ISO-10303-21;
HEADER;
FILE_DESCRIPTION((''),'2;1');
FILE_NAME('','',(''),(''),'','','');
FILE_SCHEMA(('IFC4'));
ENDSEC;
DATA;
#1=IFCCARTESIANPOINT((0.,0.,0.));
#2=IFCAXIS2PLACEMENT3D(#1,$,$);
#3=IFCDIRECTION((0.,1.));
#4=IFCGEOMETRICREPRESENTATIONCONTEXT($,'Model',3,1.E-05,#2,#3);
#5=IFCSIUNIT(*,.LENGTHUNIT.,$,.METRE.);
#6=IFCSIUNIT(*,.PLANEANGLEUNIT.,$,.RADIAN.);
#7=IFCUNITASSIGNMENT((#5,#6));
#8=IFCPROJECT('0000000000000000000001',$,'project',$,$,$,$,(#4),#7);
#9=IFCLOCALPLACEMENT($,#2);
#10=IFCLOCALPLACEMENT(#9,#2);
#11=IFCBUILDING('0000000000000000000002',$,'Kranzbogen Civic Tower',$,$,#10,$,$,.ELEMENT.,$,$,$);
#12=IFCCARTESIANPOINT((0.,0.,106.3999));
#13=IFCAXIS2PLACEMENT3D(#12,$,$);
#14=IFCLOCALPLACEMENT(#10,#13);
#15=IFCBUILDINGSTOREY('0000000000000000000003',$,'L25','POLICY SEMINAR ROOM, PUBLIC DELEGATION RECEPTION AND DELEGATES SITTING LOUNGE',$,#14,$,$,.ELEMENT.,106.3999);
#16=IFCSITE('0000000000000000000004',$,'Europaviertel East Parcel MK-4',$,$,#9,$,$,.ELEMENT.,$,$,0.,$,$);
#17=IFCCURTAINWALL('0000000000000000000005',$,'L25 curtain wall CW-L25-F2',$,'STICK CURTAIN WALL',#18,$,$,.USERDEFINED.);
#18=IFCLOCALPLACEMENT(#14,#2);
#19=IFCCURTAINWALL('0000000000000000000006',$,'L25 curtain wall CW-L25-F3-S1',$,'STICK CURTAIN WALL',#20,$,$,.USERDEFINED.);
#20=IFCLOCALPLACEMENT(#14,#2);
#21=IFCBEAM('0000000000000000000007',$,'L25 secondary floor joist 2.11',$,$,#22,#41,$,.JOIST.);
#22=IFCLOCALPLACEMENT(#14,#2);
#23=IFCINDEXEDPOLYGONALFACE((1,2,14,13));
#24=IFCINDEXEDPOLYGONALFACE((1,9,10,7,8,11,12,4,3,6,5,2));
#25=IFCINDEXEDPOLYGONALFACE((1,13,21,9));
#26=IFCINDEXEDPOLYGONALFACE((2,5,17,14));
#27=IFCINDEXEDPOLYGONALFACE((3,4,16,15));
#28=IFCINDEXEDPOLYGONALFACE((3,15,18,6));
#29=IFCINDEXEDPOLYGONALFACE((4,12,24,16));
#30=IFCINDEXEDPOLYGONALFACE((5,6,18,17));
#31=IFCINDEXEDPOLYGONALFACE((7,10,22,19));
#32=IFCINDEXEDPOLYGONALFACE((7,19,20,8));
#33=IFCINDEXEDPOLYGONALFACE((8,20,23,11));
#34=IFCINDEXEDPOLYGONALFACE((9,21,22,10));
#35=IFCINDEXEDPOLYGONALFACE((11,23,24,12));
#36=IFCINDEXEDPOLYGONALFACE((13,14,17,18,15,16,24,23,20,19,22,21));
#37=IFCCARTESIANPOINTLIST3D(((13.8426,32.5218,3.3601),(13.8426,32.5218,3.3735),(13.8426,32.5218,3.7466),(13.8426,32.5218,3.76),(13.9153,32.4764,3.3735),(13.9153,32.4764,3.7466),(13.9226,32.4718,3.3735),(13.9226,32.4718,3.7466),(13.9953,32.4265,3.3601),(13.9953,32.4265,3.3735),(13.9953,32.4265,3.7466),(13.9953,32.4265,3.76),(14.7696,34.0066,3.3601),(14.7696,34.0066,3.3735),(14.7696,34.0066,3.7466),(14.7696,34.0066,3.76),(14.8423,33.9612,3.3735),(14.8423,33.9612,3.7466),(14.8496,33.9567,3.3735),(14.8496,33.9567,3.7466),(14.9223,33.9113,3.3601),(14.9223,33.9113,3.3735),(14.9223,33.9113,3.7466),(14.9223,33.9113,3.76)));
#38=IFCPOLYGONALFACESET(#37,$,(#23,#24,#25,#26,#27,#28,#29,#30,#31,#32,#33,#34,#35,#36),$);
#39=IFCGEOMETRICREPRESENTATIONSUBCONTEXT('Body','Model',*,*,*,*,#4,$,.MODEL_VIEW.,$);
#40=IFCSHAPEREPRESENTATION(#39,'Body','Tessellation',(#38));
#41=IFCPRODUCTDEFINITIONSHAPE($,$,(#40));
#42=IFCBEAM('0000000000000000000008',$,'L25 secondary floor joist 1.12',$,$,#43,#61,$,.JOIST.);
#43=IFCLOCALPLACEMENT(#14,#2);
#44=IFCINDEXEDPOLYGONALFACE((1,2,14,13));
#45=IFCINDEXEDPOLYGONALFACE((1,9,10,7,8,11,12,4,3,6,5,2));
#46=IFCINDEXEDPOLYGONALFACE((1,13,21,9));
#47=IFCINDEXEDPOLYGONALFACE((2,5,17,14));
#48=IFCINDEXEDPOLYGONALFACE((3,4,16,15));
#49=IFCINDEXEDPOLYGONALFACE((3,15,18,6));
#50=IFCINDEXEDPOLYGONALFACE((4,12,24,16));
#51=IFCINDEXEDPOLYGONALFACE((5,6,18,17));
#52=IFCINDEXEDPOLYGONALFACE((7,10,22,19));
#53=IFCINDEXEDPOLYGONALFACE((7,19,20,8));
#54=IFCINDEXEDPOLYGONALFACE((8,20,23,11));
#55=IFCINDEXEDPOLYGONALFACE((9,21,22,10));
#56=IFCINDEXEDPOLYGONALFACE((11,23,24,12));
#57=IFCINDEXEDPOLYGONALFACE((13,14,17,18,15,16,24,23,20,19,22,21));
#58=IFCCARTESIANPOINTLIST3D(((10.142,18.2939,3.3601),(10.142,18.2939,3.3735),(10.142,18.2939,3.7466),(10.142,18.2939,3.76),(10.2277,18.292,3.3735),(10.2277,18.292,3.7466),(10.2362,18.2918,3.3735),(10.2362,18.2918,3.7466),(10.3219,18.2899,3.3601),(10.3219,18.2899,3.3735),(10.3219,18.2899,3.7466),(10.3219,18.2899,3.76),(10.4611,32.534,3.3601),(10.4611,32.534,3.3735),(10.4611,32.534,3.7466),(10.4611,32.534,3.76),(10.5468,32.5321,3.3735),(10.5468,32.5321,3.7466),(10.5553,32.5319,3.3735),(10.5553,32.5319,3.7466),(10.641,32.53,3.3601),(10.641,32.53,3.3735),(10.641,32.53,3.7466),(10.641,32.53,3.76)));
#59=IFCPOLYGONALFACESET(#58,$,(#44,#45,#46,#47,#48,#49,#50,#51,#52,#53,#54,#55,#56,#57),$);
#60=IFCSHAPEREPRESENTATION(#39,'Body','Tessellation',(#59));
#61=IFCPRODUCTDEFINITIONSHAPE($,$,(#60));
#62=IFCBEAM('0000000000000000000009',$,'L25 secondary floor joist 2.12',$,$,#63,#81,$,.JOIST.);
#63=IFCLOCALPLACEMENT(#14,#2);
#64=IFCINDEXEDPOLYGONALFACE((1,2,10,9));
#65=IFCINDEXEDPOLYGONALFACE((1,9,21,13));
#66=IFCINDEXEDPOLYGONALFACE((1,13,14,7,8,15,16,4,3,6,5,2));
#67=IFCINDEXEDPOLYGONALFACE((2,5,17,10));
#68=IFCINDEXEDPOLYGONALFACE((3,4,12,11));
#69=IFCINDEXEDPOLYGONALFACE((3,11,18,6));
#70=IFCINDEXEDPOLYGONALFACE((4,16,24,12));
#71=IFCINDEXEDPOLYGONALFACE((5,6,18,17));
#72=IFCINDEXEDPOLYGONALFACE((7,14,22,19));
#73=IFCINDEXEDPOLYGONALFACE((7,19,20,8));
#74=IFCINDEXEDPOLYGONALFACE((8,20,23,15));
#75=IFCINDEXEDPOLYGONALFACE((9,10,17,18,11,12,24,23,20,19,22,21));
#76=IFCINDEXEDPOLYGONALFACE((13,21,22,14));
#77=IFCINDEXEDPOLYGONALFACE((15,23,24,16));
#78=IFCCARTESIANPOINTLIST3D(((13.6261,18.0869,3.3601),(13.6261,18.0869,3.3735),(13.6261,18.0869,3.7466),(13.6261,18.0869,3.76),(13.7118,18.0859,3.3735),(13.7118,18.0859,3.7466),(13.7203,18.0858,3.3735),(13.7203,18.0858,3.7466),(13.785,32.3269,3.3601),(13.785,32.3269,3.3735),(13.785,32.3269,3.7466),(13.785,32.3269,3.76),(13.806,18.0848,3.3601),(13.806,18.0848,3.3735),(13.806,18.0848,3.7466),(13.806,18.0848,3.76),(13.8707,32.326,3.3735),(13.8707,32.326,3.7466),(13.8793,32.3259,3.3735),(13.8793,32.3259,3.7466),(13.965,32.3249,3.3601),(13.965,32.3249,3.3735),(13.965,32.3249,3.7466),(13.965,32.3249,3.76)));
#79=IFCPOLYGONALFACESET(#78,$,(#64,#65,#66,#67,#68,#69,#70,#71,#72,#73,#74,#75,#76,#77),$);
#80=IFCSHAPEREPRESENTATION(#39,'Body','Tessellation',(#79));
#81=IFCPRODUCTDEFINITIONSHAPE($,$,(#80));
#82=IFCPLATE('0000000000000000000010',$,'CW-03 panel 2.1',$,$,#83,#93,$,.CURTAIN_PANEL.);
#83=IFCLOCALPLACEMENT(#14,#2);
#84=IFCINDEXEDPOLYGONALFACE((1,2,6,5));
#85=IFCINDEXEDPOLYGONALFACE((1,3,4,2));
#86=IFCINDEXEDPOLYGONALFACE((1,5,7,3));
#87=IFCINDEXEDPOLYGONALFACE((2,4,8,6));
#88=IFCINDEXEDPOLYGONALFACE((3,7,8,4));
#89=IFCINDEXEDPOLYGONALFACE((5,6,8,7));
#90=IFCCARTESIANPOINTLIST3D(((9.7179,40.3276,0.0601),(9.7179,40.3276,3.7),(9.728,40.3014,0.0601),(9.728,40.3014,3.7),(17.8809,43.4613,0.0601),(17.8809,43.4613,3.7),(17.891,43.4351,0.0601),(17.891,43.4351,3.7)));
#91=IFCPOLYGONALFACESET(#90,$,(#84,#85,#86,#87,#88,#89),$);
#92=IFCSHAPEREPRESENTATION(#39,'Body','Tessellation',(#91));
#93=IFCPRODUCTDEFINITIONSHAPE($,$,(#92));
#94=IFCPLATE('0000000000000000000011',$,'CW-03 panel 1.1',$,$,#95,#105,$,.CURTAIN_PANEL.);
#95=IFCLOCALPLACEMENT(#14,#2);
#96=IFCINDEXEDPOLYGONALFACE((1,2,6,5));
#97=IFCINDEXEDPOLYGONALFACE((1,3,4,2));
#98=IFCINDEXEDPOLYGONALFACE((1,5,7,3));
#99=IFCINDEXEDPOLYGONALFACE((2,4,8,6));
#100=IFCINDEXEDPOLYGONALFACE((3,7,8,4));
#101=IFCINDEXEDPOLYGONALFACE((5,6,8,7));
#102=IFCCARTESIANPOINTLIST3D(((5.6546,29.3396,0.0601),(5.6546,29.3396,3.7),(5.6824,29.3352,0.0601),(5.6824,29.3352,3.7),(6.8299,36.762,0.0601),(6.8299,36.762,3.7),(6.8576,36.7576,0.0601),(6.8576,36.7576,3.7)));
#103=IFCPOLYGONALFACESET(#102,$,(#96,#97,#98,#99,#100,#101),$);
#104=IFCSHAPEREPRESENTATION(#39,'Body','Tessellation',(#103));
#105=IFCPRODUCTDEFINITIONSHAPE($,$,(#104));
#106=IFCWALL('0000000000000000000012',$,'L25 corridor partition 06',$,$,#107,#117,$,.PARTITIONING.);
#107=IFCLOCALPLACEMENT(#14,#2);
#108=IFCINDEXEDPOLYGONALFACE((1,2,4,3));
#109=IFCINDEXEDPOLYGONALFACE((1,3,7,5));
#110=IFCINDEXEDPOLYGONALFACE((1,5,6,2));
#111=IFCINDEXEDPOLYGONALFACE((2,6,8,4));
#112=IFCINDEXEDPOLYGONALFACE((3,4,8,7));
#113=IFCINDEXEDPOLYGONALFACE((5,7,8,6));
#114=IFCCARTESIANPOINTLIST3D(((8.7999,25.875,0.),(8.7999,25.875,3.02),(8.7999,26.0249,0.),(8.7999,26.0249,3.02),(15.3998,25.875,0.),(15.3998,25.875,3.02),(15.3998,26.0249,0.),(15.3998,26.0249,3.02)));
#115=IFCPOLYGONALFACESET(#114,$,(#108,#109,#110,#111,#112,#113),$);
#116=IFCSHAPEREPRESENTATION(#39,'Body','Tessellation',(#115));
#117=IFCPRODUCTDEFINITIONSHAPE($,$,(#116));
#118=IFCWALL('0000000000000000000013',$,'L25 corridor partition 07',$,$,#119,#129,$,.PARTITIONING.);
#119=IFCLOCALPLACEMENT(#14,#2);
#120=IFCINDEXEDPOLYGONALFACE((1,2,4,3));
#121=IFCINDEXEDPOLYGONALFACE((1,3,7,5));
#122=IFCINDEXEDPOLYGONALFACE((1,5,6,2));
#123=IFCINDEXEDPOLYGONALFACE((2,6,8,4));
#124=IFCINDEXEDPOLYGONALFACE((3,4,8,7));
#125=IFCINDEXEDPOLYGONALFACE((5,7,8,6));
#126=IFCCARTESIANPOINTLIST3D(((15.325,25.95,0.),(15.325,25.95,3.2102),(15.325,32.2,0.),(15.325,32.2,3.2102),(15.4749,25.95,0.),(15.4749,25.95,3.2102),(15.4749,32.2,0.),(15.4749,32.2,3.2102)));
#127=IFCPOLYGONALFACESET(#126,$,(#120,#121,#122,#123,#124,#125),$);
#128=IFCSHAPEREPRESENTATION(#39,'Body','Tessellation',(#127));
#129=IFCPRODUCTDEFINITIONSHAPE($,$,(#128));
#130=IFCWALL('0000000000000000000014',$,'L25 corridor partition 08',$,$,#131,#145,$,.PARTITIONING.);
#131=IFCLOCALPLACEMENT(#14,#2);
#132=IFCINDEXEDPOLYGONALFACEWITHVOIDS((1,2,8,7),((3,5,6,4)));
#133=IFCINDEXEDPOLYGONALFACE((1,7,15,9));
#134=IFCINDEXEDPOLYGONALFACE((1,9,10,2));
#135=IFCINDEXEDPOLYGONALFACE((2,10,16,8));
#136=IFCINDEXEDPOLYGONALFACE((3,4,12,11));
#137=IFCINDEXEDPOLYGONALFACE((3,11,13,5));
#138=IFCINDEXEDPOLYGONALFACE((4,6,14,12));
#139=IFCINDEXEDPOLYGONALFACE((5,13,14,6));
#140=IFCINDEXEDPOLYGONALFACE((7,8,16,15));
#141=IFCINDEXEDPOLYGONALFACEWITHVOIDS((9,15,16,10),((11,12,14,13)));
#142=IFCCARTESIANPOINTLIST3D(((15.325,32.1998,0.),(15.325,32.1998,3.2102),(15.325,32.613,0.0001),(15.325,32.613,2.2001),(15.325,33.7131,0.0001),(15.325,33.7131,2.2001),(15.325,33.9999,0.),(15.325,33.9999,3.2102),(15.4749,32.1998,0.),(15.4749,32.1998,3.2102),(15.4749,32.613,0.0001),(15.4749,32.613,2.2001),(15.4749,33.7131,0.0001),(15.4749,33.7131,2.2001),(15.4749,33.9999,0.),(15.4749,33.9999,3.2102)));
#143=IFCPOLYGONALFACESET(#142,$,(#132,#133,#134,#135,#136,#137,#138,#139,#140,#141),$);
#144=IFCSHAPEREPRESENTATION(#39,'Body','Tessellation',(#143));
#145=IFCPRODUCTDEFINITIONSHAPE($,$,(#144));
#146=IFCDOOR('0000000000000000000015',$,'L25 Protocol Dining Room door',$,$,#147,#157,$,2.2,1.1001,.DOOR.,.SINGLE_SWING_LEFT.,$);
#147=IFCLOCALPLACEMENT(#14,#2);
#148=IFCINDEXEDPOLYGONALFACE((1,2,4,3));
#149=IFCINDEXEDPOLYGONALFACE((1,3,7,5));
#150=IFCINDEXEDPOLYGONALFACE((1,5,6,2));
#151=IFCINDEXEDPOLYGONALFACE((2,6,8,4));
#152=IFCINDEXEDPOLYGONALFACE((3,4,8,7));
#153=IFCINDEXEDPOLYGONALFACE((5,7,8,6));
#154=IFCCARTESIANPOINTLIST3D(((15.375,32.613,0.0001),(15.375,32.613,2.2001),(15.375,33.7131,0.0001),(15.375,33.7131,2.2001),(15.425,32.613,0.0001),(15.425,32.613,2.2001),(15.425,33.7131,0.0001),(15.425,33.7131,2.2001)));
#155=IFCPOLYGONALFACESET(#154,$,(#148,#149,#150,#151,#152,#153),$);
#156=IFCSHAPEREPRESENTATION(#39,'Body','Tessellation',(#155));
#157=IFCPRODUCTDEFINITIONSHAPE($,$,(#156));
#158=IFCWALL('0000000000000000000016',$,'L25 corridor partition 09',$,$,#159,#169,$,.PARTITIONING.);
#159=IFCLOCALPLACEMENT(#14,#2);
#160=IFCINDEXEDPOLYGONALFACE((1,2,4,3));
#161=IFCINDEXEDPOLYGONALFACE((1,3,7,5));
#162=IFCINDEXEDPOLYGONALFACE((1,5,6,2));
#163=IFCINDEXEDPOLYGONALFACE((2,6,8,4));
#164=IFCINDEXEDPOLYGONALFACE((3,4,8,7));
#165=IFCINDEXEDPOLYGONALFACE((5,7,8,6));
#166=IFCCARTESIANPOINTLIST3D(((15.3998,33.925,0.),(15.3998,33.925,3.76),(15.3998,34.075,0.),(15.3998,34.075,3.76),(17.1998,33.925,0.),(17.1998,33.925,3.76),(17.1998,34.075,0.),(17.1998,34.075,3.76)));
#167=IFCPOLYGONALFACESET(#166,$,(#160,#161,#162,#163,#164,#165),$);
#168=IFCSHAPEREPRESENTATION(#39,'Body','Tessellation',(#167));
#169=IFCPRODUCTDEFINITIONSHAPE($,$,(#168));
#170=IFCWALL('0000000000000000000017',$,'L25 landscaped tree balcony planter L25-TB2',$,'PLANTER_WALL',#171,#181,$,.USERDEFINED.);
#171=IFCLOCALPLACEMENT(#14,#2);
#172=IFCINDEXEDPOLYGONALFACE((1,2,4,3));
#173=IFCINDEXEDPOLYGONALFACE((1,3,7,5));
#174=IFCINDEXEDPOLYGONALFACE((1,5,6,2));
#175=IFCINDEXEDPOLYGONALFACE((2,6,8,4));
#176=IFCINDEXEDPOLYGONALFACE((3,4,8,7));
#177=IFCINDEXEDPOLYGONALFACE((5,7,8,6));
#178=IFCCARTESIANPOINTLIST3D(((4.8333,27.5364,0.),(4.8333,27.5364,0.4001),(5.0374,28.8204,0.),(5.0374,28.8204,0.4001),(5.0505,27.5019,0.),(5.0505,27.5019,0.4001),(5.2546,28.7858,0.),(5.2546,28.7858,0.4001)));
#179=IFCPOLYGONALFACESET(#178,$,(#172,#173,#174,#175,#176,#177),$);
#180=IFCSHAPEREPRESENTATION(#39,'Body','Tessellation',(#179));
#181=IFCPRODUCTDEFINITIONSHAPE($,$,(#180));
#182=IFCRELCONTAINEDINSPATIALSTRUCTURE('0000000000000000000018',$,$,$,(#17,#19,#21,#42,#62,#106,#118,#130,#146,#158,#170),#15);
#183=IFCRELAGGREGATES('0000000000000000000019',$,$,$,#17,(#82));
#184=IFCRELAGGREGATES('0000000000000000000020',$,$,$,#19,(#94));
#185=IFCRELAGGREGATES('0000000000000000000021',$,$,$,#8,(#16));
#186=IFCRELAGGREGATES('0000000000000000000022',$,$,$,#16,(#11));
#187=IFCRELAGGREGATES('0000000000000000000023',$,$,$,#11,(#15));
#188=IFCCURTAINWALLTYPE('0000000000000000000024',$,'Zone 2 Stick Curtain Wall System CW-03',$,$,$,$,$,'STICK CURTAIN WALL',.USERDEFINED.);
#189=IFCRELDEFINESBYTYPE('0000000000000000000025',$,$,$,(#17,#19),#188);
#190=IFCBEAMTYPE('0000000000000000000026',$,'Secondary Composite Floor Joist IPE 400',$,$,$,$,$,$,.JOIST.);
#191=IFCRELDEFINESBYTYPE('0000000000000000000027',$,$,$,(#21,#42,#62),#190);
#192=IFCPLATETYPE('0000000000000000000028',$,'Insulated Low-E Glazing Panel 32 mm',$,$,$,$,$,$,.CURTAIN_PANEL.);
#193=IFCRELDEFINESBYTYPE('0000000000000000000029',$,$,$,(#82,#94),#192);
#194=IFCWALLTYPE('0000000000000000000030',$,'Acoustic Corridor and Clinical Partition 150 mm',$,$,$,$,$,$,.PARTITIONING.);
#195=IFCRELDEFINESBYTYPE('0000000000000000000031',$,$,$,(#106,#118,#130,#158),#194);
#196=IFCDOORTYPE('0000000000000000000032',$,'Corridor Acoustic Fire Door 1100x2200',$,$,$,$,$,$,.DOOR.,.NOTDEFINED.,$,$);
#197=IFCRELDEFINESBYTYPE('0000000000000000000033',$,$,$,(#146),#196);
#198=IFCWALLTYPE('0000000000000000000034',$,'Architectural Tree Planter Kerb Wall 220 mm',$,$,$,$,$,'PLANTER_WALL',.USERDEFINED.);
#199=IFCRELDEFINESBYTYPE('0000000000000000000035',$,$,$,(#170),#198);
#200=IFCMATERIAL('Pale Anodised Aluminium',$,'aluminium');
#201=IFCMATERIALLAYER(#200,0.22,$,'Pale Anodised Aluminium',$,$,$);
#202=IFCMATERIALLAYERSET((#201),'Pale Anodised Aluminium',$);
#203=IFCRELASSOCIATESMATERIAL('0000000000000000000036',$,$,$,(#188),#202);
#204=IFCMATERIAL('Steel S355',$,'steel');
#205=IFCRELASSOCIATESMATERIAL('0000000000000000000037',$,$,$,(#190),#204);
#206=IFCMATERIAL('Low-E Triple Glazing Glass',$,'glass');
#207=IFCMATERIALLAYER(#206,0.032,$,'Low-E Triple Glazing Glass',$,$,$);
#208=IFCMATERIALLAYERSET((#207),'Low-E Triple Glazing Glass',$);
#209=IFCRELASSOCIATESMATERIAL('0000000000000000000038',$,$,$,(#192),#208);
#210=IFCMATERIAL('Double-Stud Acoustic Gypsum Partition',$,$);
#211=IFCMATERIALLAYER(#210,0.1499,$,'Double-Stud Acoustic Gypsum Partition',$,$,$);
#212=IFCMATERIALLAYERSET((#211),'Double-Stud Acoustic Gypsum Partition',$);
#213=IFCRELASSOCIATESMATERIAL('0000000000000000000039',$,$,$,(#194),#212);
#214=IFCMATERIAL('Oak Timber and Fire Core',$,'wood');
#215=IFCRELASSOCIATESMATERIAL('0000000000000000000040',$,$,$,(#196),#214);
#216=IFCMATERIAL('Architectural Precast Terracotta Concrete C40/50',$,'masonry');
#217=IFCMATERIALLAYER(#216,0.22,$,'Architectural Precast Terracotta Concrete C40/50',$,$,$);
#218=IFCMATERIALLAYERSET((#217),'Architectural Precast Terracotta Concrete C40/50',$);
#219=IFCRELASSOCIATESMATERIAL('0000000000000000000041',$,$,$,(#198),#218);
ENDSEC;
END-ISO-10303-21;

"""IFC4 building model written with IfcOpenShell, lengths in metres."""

from ifc_helpers import new_model, si_unit, direction, frame, frame_2d, origin, origin_2d, place, context, subcontext, project, spatial, rectangle, i_section, extrude, material, layer, layer_set, material_profile, profile_set, type_object, element, fill, aggregate, save


model = new_model("IFC4")

# Units and contexts
model_context = context("Model", 3, precision=1e-05, world=origin(), true_north=direction((0.0, 1.0)))
body_context = subcontext(model_context, "Body", "Model", "MODEL_VIEW")
ifc_project = project(units=[si_unit("LENGTHUNIT", "METRE"), si_unit("PLANEANGLEUNIT", "RADIAN")], contexts=[model_context])

# Site, building, storey
site_placement = place(None, origin())
site = spatial("IfcSite", under=ifc_project, at=site_placement, Name="Europaviertel East Parcel MK-4", CompositionType="ELEMENT", RefElevation=0.0)
building_placement = place(site_placement, origin())
building = spatial("IfcBuilding", under=site, at=building_placement, Name="Kranzbogen Civic Tower", CompositionType="ELEMENT")
storey_placement = place(building_placement, frame((0.0, 0.0, 106.3999)))
storey = spatial("IfcBuildingStorey", under=building, at=storey_placement, Name="L25", Description="POLICY SEMINAR ROOM, PUBLIC DELEGATION RECEPTION AND DELEGATES SITTING LOUNGE", CompositionType="ELEMENT", Elevation=106.3999)

# Shared definitions
ifc_material_1 = material(Name="Steel S355", Category="steel")

# Curtain wall
ifc_material_2 = material(Name="Pale Anodised Aluminium", Category="aluminium")
ifc_layer_1 = layer(ifc_material_2, 0.22, Name="Pale Anodised Aluminium")
ifc_layer_set_1 = layer_set([ifc_layer_1], Name="Pale Anodised Aluminium")
curtain_wall_type = type_object("IfcCurtainWallType", Name="Zone 2 Stick Curtain Wall System CW-03", ElementType="STICK CURTAIN WALL", PredefinedType="USERDEFINED", material=ifc_layer_set_1)
curtain_wall_1_placement = place(storey_placement, origin())
curtain_wall_1 = element("IfcCurtainWall", 1, at=curtain_wall_1_placement, inside=storey, type_object=curtain_wall_type, Name="L25 curtain wall CW-L25-F2", ObjectType="STICK CURTAIN WALL", PredefinedType="USERDEFINED")

# Curtain wall
curtain_wall_2_placement = place(storey_placement, origin())
curtain_wall_2 = element("IfcCurtainWall", 2, at=curtain_wall_2_placement, inside=storey, type_object=curtain_wall_type, Name="L25 curtain wall CW-L25-F3-S1", ObjectType="STICK CURTAIN WALL", PredefinedType="USERDEFINED")

# Beams
ifc_material_profile_1 = material_profile(ifc_material_1, i_section(OverallWidth=0.1799, OverallDepth=0.3999, WebThickness=0.0085, FlangeThickness=0.0134, at=origin_2d()), Name="IPE 400")
ifc_profile_set_1 = profile_set([ifc_material_profile_1], Name="Steel S355")
beam_type_1 = type_object("IfcBeamType", Name="Secondary Composite Floor Joist IPE 400", PredefinedType="JOIST", material=ifc_profile_set_1)
beam_1_placement = place(storey_placement, frame((14.8459, 33.959, 3.5601), z_axis=(-0.529573, -0.848265, 0.0), x_axis=(0.848265, -0.529573, 0.0)))
element("IfcBeam", 3, at=beam_1_placement, inside=storey, type_object=beam_type_1, Name="L25 secondary floor joist 2.11", PredefinedType="JOIST", context=body_context, shape_type="SweptSolid", body=[
    extrude(i_section(OverallWidth=0.1799, OverallDepth=0.3999, WebThickness=0.0085, FlangeThickness=0.0134, at=origin_2d()), origin(), (0.0, 0.0, 1.0), 1.7505),
])
beam_2_placement = place(storey_placement, frame((10.551, 32.532, 3.5601), z_axis=(-0.022403, -0.999749, 0.0), x_axis=(0.999749, -0.022403, 0.0)))
element("IfcBeam", 4, at=beam_2_placement, inside=storey, type_object=beam_type_1, Name="L25 secondary floor joist 1.12", PredefinedType="JOIST", context=body_context, shape_type="SweptSolid", body=[
    extrude(i_section(OverallWidth=0.1799, OverallDepth=0.3999, WebThickness=0.0085, FlangeThickness=0.0134, at=origin_2d()), origin(), (0.0, 0.0, 1.0), 14.2437),
])
beam_3_placement = place(storey_placement, frame((13.875, 32.3259, 3.5601), z_axis=(-0.011161, -0.999938, 0.0), x_axis=(0.999938, -0.011161, 0.0)))
element("IfcBeam", 5, at=beam_3_placement, inside=storey, type_object=beam_type_1, Name="L25 secondary floor joist 2.12", PredefinedType="JOIST", context=body_context, shape_type="SweptSolid", body=[
    extrude(i_section(OverallWidth=0.1799, OverallDepth=0.3999, WebThickness=0.0085, FlangeThickness=0.0134, at=origin_2d()), origin(), (0.0, 0.0, 1.0), 14.241),
])

# Plates
ifc_material_3 = material(Name="Low-E Triple Glazing Glass", Category="glass")
ifc_layer_2 = layer(ifc_material_3, 0.032, Name="Low-E Triple Glazing Glass")
ifc_layer_set_2 = layer_set([ifc_layer_2], Name="Low-E Triple Glazing Glass")
plate_type = type_object("IfcPlateType", Name="Insulated Low-E Glazing Panel 32 mm", PredefinedType="CURTAIN_PANEL", material=ifc_layer_set_2)
plate_1_placement = place(storey_placement, frame((13.8044, 41.8813, 0.0601), z_axis=(0.0, 0.0, 1.0), x_axis=(-0.93357, -0.358395, 0.0)))
plate_1 = element("IfcPlate", 6, at=plate_1_placement, type_object=plate_type, Name="CW-03 panel 2.1", PredefinedType="CURTAIN_PANEL", context=body_context, shape_type="SweptSolid", body=[
    extrude(rectangle(XDim=8.7439, YDim=0.0281, at=origin_2d()), origin(), (0.0, 0.0, 1.0), 3.6399),
])
aggregate(curtain_wall_1, [plate_1])
plate_2_placement = place(storey_placement, frame((6.2561, 33.0486, 0.0601), z_axis=(0.0, 0.0, 1.0), x_axis=(-0.156386, -0.987696, 0.0)))
plate_2 = element("IfcPlate", 7, at=plate_2_placement, type_object=plate_type, Name="CW-03 panel 1.1", PredefinedType="CURTAIN_PANEL", context=body_context, shape_type="SweptSolid", body=[
    extrude(rectangle(XDim=7.5149, YDim=0.0281, at=origin_2d()), origin(), (0.0, 0.0, 1.0), 3.6399),
])
aggregate(curtain_wall_2, [plate_2])

# Walls
ifc_material_4 = material(Name="Double-Stud Acoustic Gypsum Partition")
ifc_layer_3 = layer(ifc_material_4, 0.1499, Name="Double-Stud Acoustic Gypsum Partition")
ifc_layer_set_3 = layer_set([ifc_layer_3], Name="Double-Stud Acoustic Gypsum Partition")
wall_type_1 = type_object("IfcWallType", Name="Acoustic Corridor and Clinical Partition 150 mm", PredefinedType="PARTITIONING", material=ifc_layer_set_3)
wall_1_placement = place(storey_placement, frame((8.8, 25.95, 0.0), z_axis=(0.0, 0.0, 1.0), x_axis=(1.0, 0.0, 0.0)))
element("IfcWall", 8, at=wall_1_placement, inside=storey, type_object=wall_type_1, Name="L25 corridor partition 06", PredefinedType="PARTITIONING", context=body_context, shape_type="SweptSolid", body=[
    extrude(rectangle(XDim=6.5999, YDim=0.1499, at=frame_2d((3.2998, 0.0))), origin(), (0.0, 0.0, 1.0), 3.02),
])
wall_2_placement = place(storey_placement, frame((15.3999, 25.95, 0.0), z_axis=(0.0, 0.0, 1.0), x_axis=(0.0, 1.0, 0.0)))
element("IfcWall", 9, at=wall_2_placement, inside=storey, type_object=wall_type_1, Name="L25 corridor partition 07", PredefinedType="PARTITIONING", context=body_context, shape_type="SweptSolid", body=[
    extrude(rectangle(XDim=6.25, YDim=0.1499, at=frame_2d((3.125, 0.0))), origin(), (0.0, 0.0, 1.0), 3.2102),
])

# Wall, opening, door
wall_3_placement = place(storey_placement, frame((15.3999, 32.2, 0.0), z_axis=(0.0, 0.0, 1.0), x_axis=(0.0, 1.0, 0.0)))
wall_3 = element("IfcWall", 10, at=wall_3_placement, inside=storey, type_object=wall_type_1, Name="L25 corridor partition 08", PredefinedType="PARTITIONING", context=body_context, shape_type="SweptSolid", body=[
    extrude(rectangle(XDim=1.8, YDim=0.1499, at=frame_2d((0.8999, 0.0))), origin(), (0.0, 0.0, 1.0), 3.2102),
])
opening_1_placement = place(wall_3_placement, frame((0.4131, 0.0, 0.0)))
opening_1 = element("IfcOpeningElement", 11, at=opening_1_placement, cuts=wall_3, PredefinedType="OPENING", context=body_context, shape_type="SweptSolid", body=[
    extrude(rectangle(XDim=1.1001, YDim=2.2, at=frame_2d((0.55, 1.1001))), frame((0.0, 0.085, 0.0), z_axis=(0.0, -1.0, 0.0), x_axis=(1.0, 0.0, 0.0)), (0.0, 0.0, 1.0), 0.1699),
])
ifc_material_5 = material(Name="Oak Timber and Fire Core", Category="wood")
door_type_1 = type_object("IfcDoorType", Name="Corridor Acoustic Fire Door 1100x2200", OperationType="NOTDEFINED", PredefinedType="DOOR", material=ifc_material_5)
door_1_placement = place(opening_1_placement, origin())
door_1 = element("IfcDoor", 12, at=door_1_placement, inside=storey, type_object=door_type_1, Name="L25 Protocol Dining Room door", OperationType="SINGLE_SWING_LEFT", OverallHeight=2.2, OverallWidth=1.1001, PredefinedType="DOOR", context=body_context, shape_type="SweptSolid", body=[
    extrude(rectangle(XDim=1.1001, YDim=2.2, at=frame_2d((0.55, 1.1001))), frame((0.0, 0.0249, 0.0), z_axis=(0.0, -1.0, 0.0), x_axis=(1.0, 0.0, 0.0)), (0.0, 0.0, 1.0), 0.05),
])
fill(opening_1, door_1)

# Walls
wall_4_placement = place(storey_placement, frame((15.3999, 34.0, 0.0), z_axis=(0.0, 0.0, 1.0), x_axis=(1.0, 0.0, 0.0)))
element("IfcWall", 13, at=wall_4_placement, inside=storey, type_object=wall_type_1, Name="L25 corridor partition 09", PredefinedType="PARTITIONING", context=body_context, shape_type="SweptSolid", body=[
    extrude(rectangle(XDim=1.8, YDim=0.1499, at=frame_2d((0.8999, 0.0))), origin(), (0.0, 0.0, 1.0), 3.76),
])
ifc_material_6 = material(Name="Architectural Precast Terracotta Concrete C40/50", Category="masonry")
ifc_layer_4 = layer(ifc_material_6, 0.22, Name="Architectural Precast Terracotta Concrete C40/50")
ifc_layer_set_4 = layer_set([ifc_layer_4], Name="Architectural Precast Terracotta Concrete C40/50")
wall_type_2 = type_object("IfcWallType", Name="Architectural Tree Planter Kerb Wall 220 mm", ElementType="PLANTER_WALL", PredefinedType="USERDEFINED", material=ifc_layer_set_4)
wall_5_placement = place(storey_placement, frame((5.146, 28.803, 0.0), z_axis=(0.0, 0.0, 1.0), x_axis=(-0.156994, -0.9876, 0.0)))
element("IfcWall", 14, at=wall_5_placement, inside=storey, type_object=wall_type_2, Name="L25 landscaped tree balcony planter L25-TB2", ObjectType="PLANTER_WALL", PredefinedType="USERDEFINED", context=body_context, shape_type="SweptSolid", body=[
    extrude(rectangle(XDim=1.3, YDim=0.22, at=frame_2d((0.6499, 0.0))), origin(), (0.0, 0.0, 1.0), 0.4001),
])

save(model, "model.ifc")
